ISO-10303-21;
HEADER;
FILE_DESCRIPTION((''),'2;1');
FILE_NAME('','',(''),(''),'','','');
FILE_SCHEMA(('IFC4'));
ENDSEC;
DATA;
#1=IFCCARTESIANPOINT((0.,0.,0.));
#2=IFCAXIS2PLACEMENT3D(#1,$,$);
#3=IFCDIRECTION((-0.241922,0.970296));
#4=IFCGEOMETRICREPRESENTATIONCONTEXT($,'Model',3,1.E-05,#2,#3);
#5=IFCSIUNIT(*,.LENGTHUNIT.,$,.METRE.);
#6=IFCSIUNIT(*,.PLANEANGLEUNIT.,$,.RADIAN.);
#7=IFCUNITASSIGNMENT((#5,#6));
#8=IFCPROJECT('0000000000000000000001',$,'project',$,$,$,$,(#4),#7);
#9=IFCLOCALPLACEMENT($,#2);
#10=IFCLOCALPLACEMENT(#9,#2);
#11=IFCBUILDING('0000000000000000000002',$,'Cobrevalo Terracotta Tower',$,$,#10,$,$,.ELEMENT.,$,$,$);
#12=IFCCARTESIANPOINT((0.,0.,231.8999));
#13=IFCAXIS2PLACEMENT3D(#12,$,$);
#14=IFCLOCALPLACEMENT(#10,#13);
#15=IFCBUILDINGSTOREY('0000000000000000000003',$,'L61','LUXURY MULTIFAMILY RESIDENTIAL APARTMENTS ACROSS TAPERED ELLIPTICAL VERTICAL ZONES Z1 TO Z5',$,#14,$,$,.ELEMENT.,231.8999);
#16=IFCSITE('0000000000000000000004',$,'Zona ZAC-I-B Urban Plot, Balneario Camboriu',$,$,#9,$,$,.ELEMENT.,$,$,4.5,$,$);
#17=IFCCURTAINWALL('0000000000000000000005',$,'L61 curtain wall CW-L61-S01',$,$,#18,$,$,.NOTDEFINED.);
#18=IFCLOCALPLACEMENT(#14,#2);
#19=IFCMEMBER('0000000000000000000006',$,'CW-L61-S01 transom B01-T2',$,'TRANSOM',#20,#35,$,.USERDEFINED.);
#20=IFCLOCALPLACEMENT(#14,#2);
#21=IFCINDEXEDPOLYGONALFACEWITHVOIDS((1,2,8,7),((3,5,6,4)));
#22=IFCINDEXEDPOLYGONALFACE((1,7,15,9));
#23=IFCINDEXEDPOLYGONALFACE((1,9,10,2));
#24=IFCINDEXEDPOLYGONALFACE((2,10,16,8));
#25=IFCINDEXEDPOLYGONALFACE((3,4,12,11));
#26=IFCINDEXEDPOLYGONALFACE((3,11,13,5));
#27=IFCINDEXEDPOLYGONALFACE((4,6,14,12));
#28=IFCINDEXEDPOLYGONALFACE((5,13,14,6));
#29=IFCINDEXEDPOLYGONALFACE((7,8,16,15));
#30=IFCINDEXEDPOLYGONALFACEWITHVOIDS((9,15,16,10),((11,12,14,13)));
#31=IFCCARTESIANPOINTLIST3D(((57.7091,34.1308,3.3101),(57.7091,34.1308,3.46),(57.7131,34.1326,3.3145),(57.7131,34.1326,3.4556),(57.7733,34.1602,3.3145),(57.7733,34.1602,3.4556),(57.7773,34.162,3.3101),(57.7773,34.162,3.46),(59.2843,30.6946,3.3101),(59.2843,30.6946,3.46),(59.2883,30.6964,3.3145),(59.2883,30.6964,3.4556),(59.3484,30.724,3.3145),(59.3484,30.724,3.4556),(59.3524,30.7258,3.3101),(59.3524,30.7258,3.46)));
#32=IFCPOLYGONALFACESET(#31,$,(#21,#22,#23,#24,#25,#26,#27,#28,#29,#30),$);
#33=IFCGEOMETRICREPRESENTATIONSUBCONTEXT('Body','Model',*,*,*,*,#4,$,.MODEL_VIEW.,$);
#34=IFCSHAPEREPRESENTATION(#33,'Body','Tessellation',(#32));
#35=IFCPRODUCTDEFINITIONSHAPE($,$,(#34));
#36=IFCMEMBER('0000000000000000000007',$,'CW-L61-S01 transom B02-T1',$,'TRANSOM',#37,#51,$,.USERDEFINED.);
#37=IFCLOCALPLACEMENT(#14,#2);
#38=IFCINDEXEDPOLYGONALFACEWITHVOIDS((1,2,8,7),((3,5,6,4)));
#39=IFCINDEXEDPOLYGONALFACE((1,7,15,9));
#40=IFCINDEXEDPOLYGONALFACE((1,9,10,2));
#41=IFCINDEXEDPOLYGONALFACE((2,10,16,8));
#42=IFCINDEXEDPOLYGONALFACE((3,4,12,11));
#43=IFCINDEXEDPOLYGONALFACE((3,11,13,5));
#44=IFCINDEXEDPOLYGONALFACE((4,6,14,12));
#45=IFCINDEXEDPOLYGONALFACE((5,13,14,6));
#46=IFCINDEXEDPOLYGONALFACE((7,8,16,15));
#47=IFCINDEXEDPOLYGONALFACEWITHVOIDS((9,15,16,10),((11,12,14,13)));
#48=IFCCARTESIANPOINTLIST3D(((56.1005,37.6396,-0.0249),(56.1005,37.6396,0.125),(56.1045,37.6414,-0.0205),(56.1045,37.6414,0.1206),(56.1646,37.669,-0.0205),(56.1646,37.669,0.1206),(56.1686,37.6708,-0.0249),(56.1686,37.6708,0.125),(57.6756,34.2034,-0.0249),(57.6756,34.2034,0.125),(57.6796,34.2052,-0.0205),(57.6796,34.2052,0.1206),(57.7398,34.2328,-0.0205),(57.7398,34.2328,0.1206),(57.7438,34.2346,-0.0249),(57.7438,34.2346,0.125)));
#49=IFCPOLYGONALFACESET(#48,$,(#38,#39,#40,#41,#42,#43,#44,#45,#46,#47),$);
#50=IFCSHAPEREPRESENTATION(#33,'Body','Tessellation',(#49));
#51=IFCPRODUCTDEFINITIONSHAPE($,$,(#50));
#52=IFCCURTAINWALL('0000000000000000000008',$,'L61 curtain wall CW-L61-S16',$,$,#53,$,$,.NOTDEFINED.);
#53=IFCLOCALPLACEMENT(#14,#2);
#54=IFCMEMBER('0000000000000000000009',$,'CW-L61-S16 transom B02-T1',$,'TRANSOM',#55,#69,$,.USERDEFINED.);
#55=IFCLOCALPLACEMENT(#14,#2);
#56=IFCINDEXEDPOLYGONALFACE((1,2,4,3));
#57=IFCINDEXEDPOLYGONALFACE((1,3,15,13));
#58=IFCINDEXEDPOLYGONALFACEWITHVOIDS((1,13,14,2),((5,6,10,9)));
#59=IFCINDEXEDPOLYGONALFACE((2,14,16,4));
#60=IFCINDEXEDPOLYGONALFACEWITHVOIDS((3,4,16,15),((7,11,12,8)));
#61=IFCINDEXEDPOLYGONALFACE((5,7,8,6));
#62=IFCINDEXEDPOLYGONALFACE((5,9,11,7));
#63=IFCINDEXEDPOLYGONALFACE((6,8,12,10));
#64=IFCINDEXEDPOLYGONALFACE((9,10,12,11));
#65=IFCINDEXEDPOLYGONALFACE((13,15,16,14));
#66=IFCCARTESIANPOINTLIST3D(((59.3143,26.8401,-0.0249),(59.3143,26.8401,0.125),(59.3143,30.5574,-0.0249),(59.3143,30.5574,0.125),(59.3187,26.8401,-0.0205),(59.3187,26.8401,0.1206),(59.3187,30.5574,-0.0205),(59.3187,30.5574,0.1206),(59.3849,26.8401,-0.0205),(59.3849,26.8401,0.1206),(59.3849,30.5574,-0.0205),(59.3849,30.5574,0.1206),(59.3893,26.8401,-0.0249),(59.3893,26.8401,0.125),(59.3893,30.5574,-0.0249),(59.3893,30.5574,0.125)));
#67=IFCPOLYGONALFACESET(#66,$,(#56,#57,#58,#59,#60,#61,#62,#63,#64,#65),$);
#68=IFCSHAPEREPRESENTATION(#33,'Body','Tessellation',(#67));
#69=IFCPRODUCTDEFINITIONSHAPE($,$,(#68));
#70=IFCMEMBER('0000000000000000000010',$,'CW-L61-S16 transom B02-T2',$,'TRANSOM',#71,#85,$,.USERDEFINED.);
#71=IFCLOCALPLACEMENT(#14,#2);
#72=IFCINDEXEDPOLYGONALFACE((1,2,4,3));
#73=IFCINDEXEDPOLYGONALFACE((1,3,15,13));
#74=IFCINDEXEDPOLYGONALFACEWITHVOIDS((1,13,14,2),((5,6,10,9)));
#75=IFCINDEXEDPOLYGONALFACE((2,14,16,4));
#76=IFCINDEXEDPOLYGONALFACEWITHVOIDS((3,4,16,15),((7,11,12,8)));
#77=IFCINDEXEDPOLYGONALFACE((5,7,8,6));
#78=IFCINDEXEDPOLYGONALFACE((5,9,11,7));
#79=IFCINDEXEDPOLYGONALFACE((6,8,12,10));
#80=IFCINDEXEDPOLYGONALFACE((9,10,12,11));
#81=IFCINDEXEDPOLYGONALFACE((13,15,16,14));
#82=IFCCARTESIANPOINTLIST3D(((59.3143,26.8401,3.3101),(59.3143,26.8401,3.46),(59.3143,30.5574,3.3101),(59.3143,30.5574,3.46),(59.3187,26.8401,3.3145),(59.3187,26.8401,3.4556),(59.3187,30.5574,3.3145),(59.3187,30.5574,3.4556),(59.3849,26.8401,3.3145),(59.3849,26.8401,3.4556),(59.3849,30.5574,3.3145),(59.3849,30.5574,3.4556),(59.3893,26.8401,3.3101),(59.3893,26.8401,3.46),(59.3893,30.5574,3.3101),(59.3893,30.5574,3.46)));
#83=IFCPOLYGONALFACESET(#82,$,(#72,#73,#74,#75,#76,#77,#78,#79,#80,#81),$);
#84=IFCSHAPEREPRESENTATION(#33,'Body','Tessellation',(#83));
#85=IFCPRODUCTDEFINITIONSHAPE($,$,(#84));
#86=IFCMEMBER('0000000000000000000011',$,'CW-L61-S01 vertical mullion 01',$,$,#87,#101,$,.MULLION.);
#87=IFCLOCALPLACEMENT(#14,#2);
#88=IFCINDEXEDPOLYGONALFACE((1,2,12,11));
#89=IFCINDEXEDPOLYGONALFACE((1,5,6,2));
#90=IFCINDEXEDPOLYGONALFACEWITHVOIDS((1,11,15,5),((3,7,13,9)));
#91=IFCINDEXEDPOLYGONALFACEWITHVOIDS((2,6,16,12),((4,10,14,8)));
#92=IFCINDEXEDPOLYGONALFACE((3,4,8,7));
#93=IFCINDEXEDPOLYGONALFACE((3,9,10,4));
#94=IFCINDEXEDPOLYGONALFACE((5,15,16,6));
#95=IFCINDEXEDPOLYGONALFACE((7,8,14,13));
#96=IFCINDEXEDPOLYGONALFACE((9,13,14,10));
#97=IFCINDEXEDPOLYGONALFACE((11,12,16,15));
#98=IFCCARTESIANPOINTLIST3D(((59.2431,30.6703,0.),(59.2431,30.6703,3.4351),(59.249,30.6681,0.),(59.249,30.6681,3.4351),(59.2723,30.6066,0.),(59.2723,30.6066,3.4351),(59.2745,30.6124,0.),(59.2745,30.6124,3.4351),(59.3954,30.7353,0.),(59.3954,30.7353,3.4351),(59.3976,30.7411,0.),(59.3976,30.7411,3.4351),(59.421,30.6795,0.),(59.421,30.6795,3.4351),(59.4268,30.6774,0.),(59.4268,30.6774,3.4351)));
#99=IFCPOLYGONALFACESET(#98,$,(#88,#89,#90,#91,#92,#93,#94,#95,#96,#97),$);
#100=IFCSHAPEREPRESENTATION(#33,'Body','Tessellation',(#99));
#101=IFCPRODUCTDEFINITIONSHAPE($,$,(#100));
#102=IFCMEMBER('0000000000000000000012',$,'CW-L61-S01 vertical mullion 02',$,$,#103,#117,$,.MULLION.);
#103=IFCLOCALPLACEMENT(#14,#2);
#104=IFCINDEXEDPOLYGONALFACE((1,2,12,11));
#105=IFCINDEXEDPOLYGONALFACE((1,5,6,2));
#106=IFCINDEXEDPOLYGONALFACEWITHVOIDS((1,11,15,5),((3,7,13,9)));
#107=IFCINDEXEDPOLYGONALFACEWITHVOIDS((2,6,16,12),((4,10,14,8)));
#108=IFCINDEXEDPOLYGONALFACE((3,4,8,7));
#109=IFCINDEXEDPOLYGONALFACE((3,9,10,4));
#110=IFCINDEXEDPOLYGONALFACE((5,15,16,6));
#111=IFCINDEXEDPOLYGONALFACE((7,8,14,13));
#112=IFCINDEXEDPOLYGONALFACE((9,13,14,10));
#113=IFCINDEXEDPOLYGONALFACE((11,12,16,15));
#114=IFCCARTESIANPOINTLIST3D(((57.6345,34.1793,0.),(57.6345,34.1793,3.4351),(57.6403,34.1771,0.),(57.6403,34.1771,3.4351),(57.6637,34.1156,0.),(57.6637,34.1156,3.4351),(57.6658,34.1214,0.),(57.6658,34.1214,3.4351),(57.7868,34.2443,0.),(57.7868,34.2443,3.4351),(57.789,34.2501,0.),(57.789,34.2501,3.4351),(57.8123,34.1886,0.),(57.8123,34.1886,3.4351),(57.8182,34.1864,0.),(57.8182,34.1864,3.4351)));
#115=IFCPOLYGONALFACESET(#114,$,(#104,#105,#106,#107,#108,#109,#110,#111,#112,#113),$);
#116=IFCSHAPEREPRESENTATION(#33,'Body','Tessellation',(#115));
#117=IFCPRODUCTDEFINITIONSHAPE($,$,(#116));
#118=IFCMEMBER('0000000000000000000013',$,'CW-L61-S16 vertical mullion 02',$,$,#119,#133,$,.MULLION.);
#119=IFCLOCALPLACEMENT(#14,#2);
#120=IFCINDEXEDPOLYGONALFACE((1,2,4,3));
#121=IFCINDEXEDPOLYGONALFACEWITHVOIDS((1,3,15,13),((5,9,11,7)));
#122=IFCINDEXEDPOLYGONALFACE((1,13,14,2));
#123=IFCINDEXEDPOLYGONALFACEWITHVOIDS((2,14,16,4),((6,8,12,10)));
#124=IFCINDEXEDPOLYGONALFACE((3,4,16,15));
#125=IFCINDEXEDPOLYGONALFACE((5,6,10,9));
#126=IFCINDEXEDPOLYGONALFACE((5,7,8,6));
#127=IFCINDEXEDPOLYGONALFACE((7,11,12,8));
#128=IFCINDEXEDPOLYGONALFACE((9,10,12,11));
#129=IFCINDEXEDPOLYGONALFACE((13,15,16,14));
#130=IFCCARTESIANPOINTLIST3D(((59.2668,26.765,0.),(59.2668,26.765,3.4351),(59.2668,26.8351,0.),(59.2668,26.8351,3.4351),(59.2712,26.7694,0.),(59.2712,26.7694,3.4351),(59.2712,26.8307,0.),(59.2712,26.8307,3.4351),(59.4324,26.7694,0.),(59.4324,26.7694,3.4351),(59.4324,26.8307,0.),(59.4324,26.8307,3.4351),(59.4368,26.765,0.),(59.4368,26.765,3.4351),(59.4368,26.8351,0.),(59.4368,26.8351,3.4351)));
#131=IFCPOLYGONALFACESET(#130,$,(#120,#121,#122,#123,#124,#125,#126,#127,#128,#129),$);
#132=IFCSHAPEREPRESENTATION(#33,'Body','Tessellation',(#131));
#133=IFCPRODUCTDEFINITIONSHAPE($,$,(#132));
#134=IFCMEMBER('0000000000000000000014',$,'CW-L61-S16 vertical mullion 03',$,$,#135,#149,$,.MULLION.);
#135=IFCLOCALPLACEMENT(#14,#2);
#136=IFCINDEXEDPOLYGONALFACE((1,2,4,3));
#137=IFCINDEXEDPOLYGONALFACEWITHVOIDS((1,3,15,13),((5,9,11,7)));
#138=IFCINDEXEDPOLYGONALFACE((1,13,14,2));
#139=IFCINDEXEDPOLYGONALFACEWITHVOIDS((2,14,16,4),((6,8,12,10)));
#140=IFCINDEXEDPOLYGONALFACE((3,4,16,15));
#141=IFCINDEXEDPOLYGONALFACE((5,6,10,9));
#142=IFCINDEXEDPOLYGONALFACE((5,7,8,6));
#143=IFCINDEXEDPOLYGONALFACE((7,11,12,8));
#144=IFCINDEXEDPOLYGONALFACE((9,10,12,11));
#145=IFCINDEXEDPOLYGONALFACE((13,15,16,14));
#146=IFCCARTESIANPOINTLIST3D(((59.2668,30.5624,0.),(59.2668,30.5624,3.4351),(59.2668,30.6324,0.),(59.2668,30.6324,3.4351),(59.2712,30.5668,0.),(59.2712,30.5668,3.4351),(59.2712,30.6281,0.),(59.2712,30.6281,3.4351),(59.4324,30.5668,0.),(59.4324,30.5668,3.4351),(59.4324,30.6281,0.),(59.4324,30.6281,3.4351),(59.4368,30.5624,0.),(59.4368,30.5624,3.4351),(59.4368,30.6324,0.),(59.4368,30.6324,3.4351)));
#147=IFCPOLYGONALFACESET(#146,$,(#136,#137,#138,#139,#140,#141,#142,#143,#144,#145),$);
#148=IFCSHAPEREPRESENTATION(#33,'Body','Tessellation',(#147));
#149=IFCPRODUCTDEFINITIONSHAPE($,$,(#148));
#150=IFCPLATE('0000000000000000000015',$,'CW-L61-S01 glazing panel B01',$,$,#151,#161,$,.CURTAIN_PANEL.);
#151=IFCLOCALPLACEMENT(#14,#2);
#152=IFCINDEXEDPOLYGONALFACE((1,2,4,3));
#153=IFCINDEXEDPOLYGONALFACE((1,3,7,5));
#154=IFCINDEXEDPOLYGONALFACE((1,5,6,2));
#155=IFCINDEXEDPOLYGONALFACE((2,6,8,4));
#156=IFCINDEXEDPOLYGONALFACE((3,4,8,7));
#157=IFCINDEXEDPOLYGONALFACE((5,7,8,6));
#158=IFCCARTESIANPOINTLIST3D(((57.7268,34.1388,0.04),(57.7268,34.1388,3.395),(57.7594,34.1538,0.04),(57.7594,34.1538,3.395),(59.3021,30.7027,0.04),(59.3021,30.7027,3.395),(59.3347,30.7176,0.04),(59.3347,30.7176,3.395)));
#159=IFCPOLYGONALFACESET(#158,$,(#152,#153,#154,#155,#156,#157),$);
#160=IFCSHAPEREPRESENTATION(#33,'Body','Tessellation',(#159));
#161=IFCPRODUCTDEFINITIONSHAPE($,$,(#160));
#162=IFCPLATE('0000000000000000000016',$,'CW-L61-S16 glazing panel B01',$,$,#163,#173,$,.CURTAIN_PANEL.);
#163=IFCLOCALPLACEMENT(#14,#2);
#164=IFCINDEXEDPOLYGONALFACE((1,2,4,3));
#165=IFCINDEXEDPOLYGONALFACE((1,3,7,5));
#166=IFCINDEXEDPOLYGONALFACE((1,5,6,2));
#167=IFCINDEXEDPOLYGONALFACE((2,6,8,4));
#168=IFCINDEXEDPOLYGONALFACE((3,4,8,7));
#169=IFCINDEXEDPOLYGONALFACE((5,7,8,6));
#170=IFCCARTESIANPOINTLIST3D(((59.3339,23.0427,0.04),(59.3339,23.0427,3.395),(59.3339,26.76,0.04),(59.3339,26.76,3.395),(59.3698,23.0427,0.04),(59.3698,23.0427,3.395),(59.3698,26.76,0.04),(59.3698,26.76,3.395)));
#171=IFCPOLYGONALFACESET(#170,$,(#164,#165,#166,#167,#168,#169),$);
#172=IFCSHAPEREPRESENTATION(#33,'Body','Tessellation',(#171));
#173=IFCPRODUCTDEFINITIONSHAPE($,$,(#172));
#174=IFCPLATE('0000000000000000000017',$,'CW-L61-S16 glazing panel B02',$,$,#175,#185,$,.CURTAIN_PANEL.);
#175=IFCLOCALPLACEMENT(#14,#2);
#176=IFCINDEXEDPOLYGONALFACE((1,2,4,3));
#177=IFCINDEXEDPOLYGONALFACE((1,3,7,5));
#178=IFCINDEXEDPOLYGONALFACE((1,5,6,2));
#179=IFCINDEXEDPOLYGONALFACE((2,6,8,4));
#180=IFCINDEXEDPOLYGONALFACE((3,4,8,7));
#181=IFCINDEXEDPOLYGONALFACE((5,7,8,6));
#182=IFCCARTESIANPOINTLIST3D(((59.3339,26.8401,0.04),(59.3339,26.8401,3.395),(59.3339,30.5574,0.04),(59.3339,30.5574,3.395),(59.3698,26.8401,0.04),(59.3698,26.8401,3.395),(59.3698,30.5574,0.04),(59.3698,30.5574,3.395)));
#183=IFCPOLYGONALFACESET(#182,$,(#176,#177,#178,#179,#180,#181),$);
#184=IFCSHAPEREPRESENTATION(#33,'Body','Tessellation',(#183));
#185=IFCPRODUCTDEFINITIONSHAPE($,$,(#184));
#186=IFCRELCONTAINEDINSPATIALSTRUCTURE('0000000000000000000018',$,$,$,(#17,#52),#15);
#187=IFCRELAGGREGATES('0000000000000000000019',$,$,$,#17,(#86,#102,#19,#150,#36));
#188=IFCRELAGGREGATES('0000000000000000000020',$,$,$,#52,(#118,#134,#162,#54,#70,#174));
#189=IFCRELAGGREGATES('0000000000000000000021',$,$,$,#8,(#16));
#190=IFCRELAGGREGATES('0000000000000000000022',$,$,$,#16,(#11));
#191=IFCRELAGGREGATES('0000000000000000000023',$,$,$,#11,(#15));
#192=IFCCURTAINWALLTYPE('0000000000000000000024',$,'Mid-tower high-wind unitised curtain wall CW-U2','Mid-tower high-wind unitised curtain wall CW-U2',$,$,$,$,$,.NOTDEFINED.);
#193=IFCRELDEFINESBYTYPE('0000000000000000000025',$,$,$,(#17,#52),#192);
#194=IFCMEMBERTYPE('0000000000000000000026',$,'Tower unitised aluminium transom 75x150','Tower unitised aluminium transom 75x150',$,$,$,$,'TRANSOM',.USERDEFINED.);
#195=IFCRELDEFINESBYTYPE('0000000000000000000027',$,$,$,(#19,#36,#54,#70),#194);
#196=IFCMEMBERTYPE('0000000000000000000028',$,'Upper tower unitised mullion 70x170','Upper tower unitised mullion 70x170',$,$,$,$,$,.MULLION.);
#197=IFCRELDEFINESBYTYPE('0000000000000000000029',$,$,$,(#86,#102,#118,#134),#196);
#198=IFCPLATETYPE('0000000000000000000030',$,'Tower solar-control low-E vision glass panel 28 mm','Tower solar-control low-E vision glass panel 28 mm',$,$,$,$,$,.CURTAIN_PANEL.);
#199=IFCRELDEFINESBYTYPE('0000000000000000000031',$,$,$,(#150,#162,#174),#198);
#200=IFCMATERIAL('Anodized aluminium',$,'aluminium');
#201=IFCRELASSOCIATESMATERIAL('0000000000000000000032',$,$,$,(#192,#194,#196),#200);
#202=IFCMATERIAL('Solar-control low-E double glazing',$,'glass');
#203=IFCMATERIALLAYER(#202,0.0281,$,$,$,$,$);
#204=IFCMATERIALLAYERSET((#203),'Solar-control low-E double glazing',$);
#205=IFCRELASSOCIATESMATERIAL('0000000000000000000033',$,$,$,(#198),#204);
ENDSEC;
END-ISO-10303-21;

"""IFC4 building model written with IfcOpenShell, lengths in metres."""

from ifc_helpers import new_model, si_unit, direction, frame, origin, origin_2d, place, context, subcontext, project, spatial, rectangle, hollow_rectangle, extrude, source, transform, mapped, material, layer, layer_set, material_profile, profile_set, type_object, element, aggregate, save


model = new_model("IFC4")

# Units and contexts
model_context = context("Model", 3, precision=1e-05, world=origin(), true_north=direction((-0.241922, 0.970296)))
body_context = subcontext(model_context, "Body", "Model", "MODEL_VIEW")
ifc_project = project(units=[si_unit("LENGTHUNIT", "METRE"), si_unit("PLANEANGLEUNIT", "RADIAN")], contexts=[model_context])

# Site, building, storey
site_placement = place(None, origin())
site = spatial("IfcSite", under=ifc_project, at=site_placement, Name="Zona ZAC-I-B Urban Plot, Balneario Camboriu", CompositionType="ELEMENT", RefElevation=4.5)
building_placement = place(site_placement, origin())
building = spatial("IfcBuilding", under=site, at=building_placement, Name="Cobrevalo Terracotta Tower", CompositionType="ELEMENT")
storey_placement = place(building_placement, frame((0.0, 0.0, 231.8999)))
storey = spatial("IfcBuildingStorey", under=building, at=storey_placement, Name="L61", Description="LUXURY MULTIFAMILY RESIDENTIAL APARTMENTS ACROSS TAPERED ELLIPTICAL VERTICAL ZONES Z1 TO Z5", CompositionType="ELEMENT", Elevation=231.8999)

# Curtain walls, members
ifc_material_1 = material(Name="Anodized aluminium", Category="aluminium")
curtain_wall_type = type_object("IfcCurtainWallType", Name="Mid-tower high-wind unitised curtain wall CW-U2", Description="Mid-tower high-wind unitised curtain wall CW-U2", PredefinedType="NOTDEFINED", material=ifc_material_1)
curtain_wall_1_placement = place(storey_placement, origin())
curtain_wall_1 = element("IfcCurtainWall", 1, at=curtain_wall_1_placement, inside=storey, type_object=curtain_wall_type, Name="L61 curtain wall CW-L61-S01", PredefinedType="NOTDEFINED")
ifc_material_profile_1 = material_profile(ifc_material_1, hollow_rectangle(XDim=0.075, YDim=0.1499, WallThickness=0.0044, at=origin_2d()), Name="CWT 75x150")
ifc_profile_set_1 = profile_set([ifc_material_profile_1], Name="Anodized aluminium")
member_type_1 = type_object("IfcMemberType", Name="Tower unitised aluminium transom 75x150", Description="Tower unitised aluminium transom 75x150", ElementType="TRANSOM", PredefinedType="USERDEFINED", material=ifc_profile_set_1)
shared_shape_1 = source(origin(), body_context, "Body", "SweptSolid", [
    extrude(hollow_rectangle(XDim=0.075, YDim=0.1499, WallThickness=0.0044, at=origin_2d()), origin(), (0.0, 0.0, 1.0), 3.78),
])
member_1_placement = place(storey_placement, frame((59.3184, 30.7102, 3.385), z_axis=(-0.416706, 0.909041, 0.0), x_axis=(-0.909041, -0.416706, 0.0)))
member_1 = element("IfcMember", 2, at=member_1_placement, type_object=member_type_1, Name="CW-L61-S01 transom B01-T2", ObjectType="TRANSOM", PredefinedType="USERDEFINED", context=body_context, shape_type="MappedRepresentation", body=[
    mapped(shared_shape_1, transform((0.0, 0.0, 0.0), scale=1.0)),
])
member_2_placement = place(storey_placement, frame((57.7097, 34.219, 0.05), z_axis=(-0.416706, 0.909041, 0.0), x_axis=(-0.909041, -0.416706, 0.0)))
member_2 = element("IfcMember", 3, at=member_2_placement, type_object=member_type_1, Name="CW-L61-S01 transom B02-T1", ObjectType="TRANSOM", PredefinedType="USERDEFINED", context=body_context, shape_type="MappedRepresentation", body=[
    mapped(shared_shape_1, transform((0.0, 0.0, 0.0), scale=1.0)),
])
curtain_wall_2_placement = place(storey_placement, origin())
curtain_wall_2 = element("IfcCurtainWall", 4, at=curtain_wall_2_placement, inside=storey, type_object=curtain_wall_type, Name="L61 curtain wall CW-L61-S16", PredefinedType="NOTDEFINED")
shared_shape_2 = source(origin(), body_context, "Body", "SweptSolid", [
    extrude(hollow_rectangle(XDim=0.075, YDim=0.1499, WallThickness=0.0044, at=origin_2d()), origin(), (0.0, 0.0, 1.0), 3.7173),
])
member_3_placement = place(storey_placement, frame((59.3518, 26.8401, 0.05), z_axis=(0.0, 1.0, 0.0), x_axis=(-1.0, 0.0, 0.0)))
member_3 = element("IfcMember", 5, at=member_3_placement, type_object=member_type_1, Name="CW-L61-S16 transom B02-T1", ObjectType="TRANSOM", PredefinedType="USERDEFINED", context=body_context, shape_type="MappedRepresentation", body=[
    mapped(shared_shape_2, transform((0.0, 0.0, 0.0), scale=1.0)),
])
member_4_placement = place(storey_placement, frame((59.3518, 26.8401, 3.385), z_axis=(0.0, 1.0, 0.0), x_axis=(-1.0, 0.0, 0.0)))
member_4 = element("IfcMember", 6, at=member_4_placement, type_object=member_type_1, Name="CW-L61-S16 transom B02-T2", ObjectType="TRANSOM", PredefinedType="USERDEFINED", context=body_context, shape_type="MappedRepresentation", body=[
    mapped(shared_shape_2, transform((0.0, 0.0, 0.0), scale=1.0)),
])

# Members
ifc_material_profile_2 = material_profile(ifc_material_1, hollow_rectangle(XDim=0.0701, YDim=0.1699, WallThickness=0.0044, at=origin_2d()), Name="CWM 70x170")
ifc_profile_set_2 = profile_set([ifc_material_profile_2], Name="Anodized aluminium")
member_type_2 = type_object("IfcMemberType", Name="Upper tower unitised mullion 70x170", Description="Upper tower unitised mullion 70x170", PredefinedType="MULLION", material=ifc_profile_set_2)
shared_shape_3 = source(origin(), body_context, "Body", "SweptSolid", [
    extrude(hollow_rectangle(XDim=0.0701, YDim=0.1699, WallThickness=0.0044, at=origin_2d()), origin(), (0.0, 0.0, 1.0), 3.4351),
])
member_5_placement = place(storey_placement, frame((59.335, 30.6738, 0.0), z_axis=(0.0, 0.0, 1.0), x_axis=(-0.416725, 0.909033, 0.0)))
member_5 = element("IfcMember", 7, at=member_5_placement, type_object=member_type_2, Name="CW-L61-S01 vertical mullion 01", PredefinedType="MULLION", context=body_context, shape_type="MappedRepresentation", body=[
    mapped(shared_shape_3, transform((0.0, 0.0, 0.0), scale=1.0)),
])
member_6_placement = place(storey_placement, frame((57.7263, 34.1829, 0.0), z_axis=(0.0, 0.0, 1.0), x_axis=(-0.416725, 0.909033, 0.0)))
member_6 = element("IfcMember", 8, at=member_6_placement, type_object=member_type_2, Name="CW-L61-S01 vertical mullion 02", PredefinedType="MULLION", context=body_context, shape_type="MappedRepresentation", body=[
    mapped(shared_shape_3, transform((0.0, 0.0, 0.0), scale=1.0)),
])
member_7_placement = place(storey_placement, frame((59.3518, 26.8, 0.0), z_axis=(0.0, 0.0, 1.0), x_axis=(0.0, 1.0, 0.0)))
member_7 = element("IfcMember", 9, at=member_7_placement, type_object=member_type_2, Name="CW-L61-S16 vertical mullion 02", PredefinedType="MULLION", context=body_context, shape_type="MappedRepresentation", body=[
    mapped(shared_shape_3, transform((0.0, 0.0, 0.0), scale=1.0)),
])
member_8_placement = place(storey_placement, frame((59.3518, 30.5974, 0.0), z_axis=(0.0, 0.0, 1.0), x_axis=(0.0, 1.0, 0.0)))
member_8 = element("IfcMember", 10, at=member_8_placement, type_object=member_type_2, Name="CW-L61-S16 vertical mullion 03", PredefinedType="MULLION", context=body_context, shape_type="MappedRepresentation", body=[
    mapped(shared_shape_3, transform((0.0, 0.0, 0.0), scale=1.0)),
])

# Plates
ifc_material_2 = material(Name="Solar-control low-E double glazing", Category="glass")
ifc_layer_1 = layer(ifc_material_2, 0.0281)
ifc_layer_set_1 = layer_set([ifc_layer_1], Name="Solar-control low-E double glazing")
plate_type = type_object("IfcPlateType", Name="Tower solar-control low-E vision glass panel 28 mm", Description="Tower solar-control low-E vision glass panel 28 mm", PredefinedType="CURTAIN_PANEL", material=ifc_layer_set_1)
shared_shape_4 = source(origin(), body_context, "Body", "SweptSolid", [
    extrude(rectangle(XDim=3.78, YDim=0.0359, at=origin_2d()), origin(), (0.0, 0.0, 1.0), 3.355),
])
plate_1_placement = place(storey_placement, frame((58.5308, 32.4282, 0.04), z_axis=(0.0, 0.0, 1.0), x_axis=(-0.416731, 0.90903, 0.0)))
plate_1 = element("IfcPlate", 11, at=plate_1_placement, type_object=plate_type, Name="CW-L61-S01 glazing panel B01", PredefinedType="CURTAIN_PANEL", context=body_context, shape_type="MappedRepresentation", body=[
    mapped(shared_shape_4, transform((0.0, 0.0, 0.0), scale=1.0)),
])
aggregate(curtain_wall_1, [member_5, member_6, member_1, plate_1, member_2])
shared_shape_5 = source(origin(), body_context, "Body", "SweptSolid", [
    extrude(rectangle(XDim=3.7173, YDim=0.0359, at=origin_2d()), origin(), (0.0, 0.0, 1.0), 3.355),
])
plate_2_placement = place(storey_placement, frame((59.3518, 24.9014, 0.04), z_axis=(0.0, 0.0, 1.0), x_axis=(0.0, 1.0, 0.0)))
plate_2 = element("IfcPlate", 12, at=plate_2_placement, type_object=plate_type, Name="CW-L61-S16 glazing panel B01", PredefinedType="CURTAIN_PANEL", context=body_context, shape_type="MappedRepresentation", body=[
    mapped(shared_shape_5, transform((0.0, 0.0, 0.0), scale=1.0)),
])
plate_3_placement = place(storey_placement, frame((59.3518, 28.6987, 0.04), z_axis=(0.0, 0.0, 1.0), x_axis=(0.0, 1.0, 0.0)))
plate_3 = element("IfcPlate", 13, at=plate_3_placement, type_object=plate_type, Name="CW-L61-S16 glazing panel B02", PredefinedType="CURTAIN_PANEL", context=body_context, shape_type="MappedRepresentation", body=[
    mapped(shared_shape_5, transform((0.0, 0.0, 0.0), scale=1.0)),
])
aggregate(curtain_wall_2, [member_7, member_8, plate_2, member_3, member_4, plate_3])

save(model, "model.ifc")
